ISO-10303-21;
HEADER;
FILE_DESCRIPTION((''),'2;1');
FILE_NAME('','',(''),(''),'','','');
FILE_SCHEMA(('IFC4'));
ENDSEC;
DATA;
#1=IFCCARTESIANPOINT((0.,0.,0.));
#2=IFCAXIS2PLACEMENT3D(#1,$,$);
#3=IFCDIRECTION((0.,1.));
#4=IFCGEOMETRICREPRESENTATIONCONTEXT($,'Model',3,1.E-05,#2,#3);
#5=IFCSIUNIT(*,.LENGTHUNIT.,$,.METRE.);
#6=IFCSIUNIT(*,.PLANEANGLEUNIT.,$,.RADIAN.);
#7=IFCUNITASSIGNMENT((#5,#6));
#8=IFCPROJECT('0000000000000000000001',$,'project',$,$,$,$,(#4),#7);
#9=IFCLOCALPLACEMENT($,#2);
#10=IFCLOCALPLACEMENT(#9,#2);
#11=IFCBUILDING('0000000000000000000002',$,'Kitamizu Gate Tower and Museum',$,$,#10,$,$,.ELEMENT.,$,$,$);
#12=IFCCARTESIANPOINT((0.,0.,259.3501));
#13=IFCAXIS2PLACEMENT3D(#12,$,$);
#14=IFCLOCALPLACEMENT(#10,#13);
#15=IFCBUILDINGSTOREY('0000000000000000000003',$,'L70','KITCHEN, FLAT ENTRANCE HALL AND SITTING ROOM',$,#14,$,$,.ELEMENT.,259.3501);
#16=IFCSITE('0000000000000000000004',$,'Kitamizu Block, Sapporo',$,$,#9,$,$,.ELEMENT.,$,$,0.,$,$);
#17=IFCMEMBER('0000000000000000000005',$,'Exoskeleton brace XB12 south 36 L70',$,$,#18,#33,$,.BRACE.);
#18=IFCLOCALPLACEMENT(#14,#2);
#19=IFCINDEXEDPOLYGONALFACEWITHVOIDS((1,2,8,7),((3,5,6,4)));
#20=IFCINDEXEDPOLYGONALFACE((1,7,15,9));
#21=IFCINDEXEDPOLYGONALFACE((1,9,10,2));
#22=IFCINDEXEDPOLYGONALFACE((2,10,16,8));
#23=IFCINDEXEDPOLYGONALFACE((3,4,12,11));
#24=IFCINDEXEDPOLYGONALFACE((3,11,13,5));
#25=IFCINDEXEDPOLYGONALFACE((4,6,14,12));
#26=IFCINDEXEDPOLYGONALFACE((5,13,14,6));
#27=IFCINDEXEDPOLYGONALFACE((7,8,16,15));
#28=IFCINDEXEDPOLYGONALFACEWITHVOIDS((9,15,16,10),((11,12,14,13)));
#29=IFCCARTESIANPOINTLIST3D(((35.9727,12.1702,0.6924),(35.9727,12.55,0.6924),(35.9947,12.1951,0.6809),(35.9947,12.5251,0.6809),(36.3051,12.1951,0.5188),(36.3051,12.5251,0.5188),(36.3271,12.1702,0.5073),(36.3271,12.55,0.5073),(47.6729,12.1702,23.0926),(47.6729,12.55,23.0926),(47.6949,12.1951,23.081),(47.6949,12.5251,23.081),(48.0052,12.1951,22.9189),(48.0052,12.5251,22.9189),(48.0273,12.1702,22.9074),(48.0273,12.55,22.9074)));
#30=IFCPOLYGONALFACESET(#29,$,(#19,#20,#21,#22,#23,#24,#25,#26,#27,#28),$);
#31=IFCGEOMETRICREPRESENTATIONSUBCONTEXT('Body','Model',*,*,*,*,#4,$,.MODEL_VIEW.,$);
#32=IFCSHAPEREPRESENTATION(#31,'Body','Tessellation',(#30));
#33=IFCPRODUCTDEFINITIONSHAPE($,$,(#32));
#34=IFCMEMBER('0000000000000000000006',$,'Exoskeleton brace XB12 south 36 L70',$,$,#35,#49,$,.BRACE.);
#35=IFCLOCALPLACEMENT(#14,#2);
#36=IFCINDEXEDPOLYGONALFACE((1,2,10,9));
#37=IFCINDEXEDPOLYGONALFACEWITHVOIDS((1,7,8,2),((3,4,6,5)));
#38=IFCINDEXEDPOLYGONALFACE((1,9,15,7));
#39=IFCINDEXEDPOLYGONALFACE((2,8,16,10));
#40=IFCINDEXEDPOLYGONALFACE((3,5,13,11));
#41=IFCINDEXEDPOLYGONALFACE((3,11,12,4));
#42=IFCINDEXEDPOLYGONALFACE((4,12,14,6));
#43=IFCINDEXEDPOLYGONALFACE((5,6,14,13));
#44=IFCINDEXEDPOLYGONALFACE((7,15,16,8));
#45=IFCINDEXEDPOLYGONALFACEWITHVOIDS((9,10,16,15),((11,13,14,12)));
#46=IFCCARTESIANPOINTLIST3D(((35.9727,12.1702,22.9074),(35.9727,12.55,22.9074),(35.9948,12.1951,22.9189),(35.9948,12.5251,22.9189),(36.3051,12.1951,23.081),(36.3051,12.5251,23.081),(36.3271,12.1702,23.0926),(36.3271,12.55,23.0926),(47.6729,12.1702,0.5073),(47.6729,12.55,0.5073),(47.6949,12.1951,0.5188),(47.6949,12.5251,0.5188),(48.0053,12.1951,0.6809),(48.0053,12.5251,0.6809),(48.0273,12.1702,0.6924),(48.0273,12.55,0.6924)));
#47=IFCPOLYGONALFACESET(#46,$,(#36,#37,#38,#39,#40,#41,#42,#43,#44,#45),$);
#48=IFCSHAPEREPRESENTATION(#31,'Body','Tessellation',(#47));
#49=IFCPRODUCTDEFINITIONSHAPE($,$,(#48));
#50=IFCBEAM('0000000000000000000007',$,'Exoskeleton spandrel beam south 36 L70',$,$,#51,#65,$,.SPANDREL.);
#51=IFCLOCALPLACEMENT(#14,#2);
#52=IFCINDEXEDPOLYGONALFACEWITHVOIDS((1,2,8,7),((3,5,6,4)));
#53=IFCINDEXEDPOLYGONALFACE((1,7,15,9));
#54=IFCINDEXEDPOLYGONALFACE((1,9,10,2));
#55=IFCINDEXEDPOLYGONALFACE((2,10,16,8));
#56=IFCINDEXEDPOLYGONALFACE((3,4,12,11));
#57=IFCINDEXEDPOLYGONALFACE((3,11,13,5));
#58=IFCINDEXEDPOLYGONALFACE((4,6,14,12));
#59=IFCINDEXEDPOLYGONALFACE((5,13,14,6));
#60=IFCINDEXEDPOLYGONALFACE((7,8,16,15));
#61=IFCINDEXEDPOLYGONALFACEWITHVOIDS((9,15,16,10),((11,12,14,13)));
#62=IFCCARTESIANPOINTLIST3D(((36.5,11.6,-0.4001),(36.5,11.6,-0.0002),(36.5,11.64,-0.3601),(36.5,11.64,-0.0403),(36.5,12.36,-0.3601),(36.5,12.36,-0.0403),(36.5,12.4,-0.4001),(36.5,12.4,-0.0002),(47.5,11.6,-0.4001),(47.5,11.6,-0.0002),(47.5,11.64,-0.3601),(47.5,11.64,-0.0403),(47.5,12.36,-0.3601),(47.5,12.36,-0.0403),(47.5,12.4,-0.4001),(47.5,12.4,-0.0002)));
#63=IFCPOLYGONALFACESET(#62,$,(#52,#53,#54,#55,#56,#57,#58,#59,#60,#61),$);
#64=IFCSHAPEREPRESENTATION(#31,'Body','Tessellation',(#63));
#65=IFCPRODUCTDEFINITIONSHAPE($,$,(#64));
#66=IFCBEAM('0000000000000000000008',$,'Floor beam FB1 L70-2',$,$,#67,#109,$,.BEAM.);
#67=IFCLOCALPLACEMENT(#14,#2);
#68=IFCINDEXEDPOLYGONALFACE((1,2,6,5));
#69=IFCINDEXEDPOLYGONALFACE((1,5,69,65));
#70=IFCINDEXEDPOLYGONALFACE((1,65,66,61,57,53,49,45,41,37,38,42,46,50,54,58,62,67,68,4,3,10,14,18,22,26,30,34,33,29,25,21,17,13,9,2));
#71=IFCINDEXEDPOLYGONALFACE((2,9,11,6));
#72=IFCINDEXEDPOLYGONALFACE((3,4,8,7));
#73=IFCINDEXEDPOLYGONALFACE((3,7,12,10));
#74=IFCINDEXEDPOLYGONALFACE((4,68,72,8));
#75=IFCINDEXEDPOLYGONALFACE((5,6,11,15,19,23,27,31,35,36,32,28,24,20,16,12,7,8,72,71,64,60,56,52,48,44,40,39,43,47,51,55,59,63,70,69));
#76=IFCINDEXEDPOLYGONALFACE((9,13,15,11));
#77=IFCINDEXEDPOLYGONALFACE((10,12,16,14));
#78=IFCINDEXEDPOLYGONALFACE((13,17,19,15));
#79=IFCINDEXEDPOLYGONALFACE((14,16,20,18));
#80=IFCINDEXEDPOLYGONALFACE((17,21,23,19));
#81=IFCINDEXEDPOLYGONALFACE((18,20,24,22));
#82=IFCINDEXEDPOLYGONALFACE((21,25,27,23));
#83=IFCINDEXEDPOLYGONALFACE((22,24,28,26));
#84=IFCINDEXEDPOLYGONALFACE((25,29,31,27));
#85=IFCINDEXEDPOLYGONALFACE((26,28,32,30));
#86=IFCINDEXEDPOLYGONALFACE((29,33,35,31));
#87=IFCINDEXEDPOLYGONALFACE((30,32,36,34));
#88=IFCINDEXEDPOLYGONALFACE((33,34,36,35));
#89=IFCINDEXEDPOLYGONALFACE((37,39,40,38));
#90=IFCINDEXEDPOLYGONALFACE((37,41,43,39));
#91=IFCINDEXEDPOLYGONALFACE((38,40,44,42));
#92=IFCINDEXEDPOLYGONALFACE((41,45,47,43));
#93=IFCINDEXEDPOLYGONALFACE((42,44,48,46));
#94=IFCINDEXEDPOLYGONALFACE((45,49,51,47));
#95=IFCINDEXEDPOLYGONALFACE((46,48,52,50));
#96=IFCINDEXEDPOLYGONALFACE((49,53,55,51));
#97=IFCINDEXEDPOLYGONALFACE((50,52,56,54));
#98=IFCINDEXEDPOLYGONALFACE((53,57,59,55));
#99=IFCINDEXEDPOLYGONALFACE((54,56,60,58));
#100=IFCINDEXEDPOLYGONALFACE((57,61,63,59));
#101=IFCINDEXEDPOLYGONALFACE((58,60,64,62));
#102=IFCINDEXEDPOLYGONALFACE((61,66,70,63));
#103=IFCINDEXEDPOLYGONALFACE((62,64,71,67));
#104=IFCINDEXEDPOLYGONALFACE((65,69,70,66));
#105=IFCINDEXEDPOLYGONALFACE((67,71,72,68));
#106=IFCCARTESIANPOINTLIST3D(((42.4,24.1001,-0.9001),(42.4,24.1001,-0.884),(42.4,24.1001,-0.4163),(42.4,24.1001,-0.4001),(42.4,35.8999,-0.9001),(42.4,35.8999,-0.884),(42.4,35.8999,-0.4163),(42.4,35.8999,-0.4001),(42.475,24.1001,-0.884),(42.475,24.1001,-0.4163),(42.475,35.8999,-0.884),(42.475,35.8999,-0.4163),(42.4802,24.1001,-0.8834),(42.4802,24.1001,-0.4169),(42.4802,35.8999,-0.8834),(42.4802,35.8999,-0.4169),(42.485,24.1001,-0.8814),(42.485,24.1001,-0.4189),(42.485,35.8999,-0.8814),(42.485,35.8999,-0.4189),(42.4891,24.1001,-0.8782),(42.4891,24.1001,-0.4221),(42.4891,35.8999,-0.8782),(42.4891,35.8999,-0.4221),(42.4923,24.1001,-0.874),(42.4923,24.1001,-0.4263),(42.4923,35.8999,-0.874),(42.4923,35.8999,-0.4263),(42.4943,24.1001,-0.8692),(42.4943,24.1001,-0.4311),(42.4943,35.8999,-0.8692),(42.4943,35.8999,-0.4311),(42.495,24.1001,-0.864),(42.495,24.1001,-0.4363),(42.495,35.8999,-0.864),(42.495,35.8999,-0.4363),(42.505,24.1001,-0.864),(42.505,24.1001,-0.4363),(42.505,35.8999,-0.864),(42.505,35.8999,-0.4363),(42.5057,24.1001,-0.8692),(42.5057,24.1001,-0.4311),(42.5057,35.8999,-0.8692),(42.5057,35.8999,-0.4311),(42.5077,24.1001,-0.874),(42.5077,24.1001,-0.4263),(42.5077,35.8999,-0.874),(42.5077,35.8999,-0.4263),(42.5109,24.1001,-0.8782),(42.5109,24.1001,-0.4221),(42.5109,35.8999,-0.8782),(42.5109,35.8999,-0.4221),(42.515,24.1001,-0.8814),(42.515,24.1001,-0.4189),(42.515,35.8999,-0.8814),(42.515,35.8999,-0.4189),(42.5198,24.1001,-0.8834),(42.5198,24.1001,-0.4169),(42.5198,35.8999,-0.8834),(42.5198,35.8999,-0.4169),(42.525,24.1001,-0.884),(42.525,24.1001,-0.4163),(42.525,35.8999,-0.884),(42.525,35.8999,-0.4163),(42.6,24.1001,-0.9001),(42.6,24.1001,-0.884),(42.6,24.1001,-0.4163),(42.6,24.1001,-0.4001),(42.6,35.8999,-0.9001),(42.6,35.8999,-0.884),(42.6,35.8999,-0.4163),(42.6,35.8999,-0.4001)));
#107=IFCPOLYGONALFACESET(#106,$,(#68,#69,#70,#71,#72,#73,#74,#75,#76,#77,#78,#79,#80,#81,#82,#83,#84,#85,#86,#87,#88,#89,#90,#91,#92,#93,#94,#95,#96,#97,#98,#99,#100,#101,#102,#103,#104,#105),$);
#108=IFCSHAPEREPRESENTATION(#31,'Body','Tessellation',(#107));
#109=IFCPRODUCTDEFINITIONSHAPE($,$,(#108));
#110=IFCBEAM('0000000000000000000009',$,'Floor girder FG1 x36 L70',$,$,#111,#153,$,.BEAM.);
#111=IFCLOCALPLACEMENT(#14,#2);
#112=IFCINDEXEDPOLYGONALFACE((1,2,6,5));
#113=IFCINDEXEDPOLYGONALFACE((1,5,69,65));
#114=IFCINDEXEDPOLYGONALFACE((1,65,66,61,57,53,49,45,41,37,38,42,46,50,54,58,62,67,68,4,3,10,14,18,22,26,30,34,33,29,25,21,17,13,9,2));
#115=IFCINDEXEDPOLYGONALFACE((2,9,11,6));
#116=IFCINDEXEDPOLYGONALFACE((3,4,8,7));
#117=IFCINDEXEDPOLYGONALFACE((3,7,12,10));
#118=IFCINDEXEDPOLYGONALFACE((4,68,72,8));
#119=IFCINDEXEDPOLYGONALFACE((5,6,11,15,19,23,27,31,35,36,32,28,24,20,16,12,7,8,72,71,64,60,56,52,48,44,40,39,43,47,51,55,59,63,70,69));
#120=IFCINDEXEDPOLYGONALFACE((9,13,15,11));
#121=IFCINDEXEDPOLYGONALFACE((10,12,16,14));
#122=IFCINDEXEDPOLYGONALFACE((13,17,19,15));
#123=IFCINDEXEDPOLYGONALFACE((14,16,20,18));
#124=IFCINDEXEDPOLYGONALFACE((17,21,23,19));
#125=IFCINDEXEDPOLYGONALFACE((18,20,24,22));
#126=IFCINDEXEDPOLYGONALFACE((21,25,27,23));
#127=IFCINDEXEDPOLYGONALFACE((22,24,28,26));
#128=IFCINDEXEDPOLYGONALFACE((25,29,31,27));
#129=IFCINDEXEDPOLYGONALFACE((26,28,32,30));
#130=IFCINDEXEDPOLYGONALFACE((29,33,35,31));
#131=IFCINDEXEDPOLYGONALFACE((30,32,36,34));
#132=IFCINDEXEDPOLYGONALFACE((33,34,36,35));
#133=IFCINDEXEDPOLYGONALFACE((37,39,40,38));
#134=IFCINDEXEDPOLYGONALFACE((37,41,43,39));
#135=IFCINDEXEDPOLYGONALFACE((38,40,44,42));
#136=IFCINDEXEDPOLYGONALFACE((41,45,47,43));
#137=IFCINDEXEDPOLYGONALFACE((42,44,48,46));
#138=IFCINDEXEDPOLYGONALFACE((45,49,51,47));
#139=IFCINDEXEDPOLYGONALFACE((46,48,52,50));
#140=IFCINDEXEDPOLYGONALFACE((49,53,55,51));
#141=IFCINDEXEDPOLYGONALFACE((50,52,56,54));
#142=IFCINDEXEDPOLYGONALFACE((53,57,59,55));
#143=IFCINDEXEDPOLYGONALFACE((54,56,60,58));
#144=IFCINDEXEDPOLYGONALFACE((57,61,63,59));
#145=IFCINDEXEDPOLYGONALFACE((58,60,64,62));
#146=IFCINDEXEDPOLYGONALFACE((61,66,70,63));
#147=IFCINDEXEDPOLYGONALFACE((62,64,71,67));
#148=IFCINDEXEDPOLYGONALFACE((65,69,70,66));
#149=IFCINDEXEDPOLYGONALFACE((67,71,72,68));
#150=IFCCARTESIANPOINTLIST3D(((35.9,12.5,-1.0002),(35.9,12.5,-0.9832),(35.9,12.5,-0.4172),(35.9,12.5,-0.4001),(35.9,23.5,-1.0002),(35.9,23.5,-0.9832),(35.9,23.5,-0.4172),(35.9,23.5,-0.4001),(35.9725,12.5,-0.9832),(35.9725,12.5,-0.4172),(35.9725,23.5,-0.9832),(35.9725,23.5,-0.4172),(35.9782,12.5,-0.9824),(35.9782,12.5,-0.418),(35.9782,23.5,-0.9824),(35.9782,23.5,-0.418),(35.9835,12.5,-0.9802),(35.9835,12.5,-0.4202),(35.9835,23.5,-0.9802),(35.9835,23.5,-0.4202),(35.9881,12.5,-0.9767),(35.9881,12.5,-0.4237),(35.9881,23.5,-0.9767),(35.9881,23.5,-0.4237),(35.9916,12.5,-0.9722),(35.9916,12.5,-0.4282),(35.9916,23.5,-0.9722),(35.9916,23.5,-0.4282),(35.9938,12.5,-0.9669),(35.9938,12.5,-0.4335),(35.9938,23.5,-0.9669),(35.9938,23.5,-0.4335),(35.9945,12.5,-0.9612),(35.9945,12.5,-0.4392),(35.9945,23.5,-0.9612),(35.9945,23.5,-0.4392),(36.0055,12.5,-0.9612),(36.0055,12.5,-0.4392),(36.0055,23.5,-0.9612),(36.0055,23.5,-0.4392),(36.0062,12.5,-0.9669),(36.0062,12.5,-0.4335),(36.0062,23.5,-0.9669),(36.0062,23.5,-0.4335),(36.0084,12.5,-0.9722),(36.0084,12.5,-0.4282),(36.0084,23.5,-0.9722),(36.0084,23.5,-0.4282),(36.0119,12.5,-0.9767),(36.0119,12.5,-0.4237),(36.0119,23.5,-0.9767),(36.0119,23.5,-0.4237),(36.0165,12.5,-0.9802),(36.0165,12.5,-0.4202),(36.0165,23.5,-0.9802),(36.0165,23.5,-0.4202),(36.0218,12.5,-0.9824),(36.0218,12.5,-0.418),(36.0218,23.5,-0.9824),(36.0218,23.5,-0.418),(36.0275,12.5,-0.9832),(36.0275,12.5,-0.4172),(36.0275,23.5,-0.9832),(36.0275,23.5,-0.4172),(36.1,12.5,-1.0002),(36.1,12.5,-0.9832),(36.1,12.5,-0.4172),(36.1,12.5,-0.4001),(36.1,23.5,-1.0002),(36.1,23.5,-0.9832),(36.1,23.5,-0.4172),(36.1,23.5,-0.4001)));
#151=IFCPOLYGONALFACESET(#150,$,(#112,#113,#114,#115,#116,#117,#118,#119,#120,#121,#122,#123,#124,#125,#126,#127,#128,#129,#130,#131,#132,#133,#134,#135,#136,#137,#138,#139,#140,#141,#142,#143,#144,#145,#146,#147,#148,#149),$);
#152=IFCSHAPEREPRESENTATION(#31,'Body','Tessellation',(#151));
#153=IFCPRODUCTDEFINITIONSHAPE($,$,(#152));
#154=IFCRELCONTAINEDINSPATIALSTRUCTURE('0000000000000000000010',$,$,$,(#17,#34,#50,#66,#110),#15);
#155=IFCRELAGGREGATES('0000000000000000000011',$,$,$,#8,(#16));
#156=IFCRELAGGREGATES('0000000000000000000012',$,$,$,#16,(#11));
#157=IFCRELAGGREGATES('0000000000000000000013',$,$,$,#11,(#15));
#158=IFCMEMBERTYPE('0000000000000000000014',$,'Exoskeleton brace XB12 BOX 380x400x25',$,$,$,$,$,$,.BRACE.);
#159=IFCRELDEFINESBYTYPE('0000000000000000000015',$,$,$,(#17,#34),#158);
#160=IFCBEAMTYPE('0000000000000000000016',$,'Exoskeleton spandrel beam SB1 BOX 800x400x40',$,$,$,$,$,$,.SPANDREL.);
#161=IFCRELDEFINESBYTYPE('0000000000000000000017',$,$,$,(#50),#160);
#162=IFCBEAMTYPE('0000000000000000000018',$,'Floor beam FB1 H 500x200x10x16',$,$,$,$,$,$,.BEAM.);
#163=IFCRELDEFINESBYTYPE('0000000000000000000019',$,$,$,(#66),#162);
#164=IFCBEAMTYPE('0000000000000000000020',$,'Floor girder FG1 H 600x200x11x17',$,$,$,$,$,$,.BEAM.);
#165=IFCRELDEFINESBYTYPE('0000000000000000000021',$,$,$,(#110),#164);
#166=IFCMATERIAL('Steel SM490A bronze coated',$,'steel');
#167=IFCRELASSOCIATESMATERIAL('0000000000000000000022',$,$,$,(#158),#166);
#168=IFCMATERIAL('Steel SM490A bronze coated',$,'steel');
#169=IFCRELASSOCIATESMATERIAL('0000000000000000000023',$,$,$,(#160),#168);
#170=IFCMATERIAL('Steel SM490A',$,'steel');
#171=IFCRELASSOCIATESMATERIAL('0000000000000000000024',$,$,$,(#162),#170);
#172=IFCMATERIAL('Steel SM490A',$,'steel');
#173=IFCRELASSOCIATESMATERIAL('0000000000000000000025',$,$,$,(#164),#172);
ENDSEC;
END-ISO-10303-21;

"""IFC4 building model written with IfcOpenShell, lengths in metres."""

from ifc_helpers import new_model, si_unit, direction, frame, origin, origin_2d, place, context, subcontext, project, spatial, hollow_rectangle, i_section, extrude, material, material_profile, profile_set, type_object, element, save


model = new_model("IFC4")

# Units and contexts
model_context = context("Model", 3, precision=1e-05, world=origin(), true_north=direction((0.0, 1.0)))
body_context = subcontext(model_context, "Body", "Model", "MODEL_VIEW")
ifc_project = project(units=[si_unit("LENGTHUNIT", "METRE"), si_unit("PLANEANGLEUNIT", "RADIAN")], contexts=[model_context])

# Site, building, storey
site_placement = place(None, origin())
site = spatial("IfcSite", under=ifc_project, at=site_placement, Name="Kitamizu Block, Sapporo", CompositionType="ELEMENT", RefElevation=0.0)
building_placement = place(site_placement, origin())
building = spatial("IfcBuilding", under=site, at=building_placement, Name="Kitamizu Gate Tower and Museum", CompositionType="ELEMENT")
storey_placement = place(building_placement, frame((0.0, 0.0, 259.3501)))
storey = spatial("IfcBuildingStorey", under=building, at=storey_placement, Name="L70", Description="KITCHEN, FLAT ENTRANCE HALL AND SITTING ROOM", CompositionType="ELEMENT", Elevation=259.3501)

# Members
ifc_material_1 = material(Name="Steel SM490A bronze coated", Category="steel")
ifc_material_profile_1 = material_profile(ifc_material_1, hollow_rectangle(XDim=0.3799, YDim=0.3999, WallThickness=0.0249, at=origin_2d()), Name="BOX 380x400x25")
ifc_profile_set_1 = profile_set([ifc_material_profile_1], Name="Steel SM490A bronze coated")
member_type = type_object("IfcMemberType", Name="Exoskeleton brace XB12 BOX 380x400x25", PredefinedType="BRACE", material=ifc_profile_set_1)
for number, where, z_axis, x_axis, name in (
    (1, (36.1499, 12.3601, 0.5999), (0.462975, 0.0, 0.886371), (0.0, 1.0, 0.0), "Exoskeleton brace XB12 south 36 L70"),
    (2, (47.8501, 12.3601, 0.5999), (-0.462975, 0.0, 0.886371), (0.0, -1.0, 0.0), "Exoskeleton brace XB12 south 36 L70"),
):
    element("IfcMember", number, at=place(storey_placement, frame(where, z_axis=z_axis, x_axis=x_axis)), inside=storey, type_object=member_type, Name=name, PredefinedType="BRACE", context=body_context, shape_type="SweptSolid", body=[
        extrude(hollow_rectangle(XDim=0.3799, YDim=0.3999, WallThickness=0.0249, at=origin_2d()), origin(), (0.0, 0.0, 1.0), 25.2717),
    ])

# Beams
ifc_material_2 = material(Name="Steel SM490A bronze coated", Category="steel")
ifc_material_profile_2 = material_profile(ifc_material_2, hollow_rectangle(XDim=0.8, YDim=0.3999, WallThickness=0.04, at=origin_2d()), Name="BOX 800x400x40")
ifc_profile_set_2 = profile_set([ifc_material_profile_2], Name="Steel SM490A bronze coated")
beam_type_1 = type_object("IfcBeamType", Name="Exoskeleton spandrel beam SB1 BOX 800x400x40", PredefinedType="SPANDREL", material=ifc_profile_set_2)
beam_1_placement = place(storey_placement, frame((36.5, 12.0, -0.2002), z_axis=(1.0, 0.0, 0.0), x_axis=(0.0, 1.0, 0.0)))
element("IfcBeam", 3, at=beam_1_placement, inside=storey, type_object=beam_type_1, Name="Exoskeleton spandrel beam south 36 L70", PredefinedType="SPANDREL", context=body_context, shape_type="SweptSolid", body=[
    extrude(hollow_rectangle(XDim=0.8, YDim=0.3999, WallThickness=0.04, at=origin_2d()), origin(), (0.0, 0.0, 1.0), 11.0),
])
ifc_material_3 = material(Name="Steel SM490A", Category="steel")
ifc_material_profile_3 = material_profile(ifc_material_3, i_section(OverallWidth=0.2, OverallDepth=0.5, WebThickness=0.01, FlangeThickness=0.0161, FilletRadius=0.02, at=origin_2d()), Name="H-500x200x10x16")
ifc_profile_set_3 = profile_set([ifc_material_profile_3], Name="Steel SM490A")
beam_type_2 = type_object("IfcBeamType", Name="Floor beam FB1 H 500x200x10x16", PredefinedType="BEAM", material=ifc_profile_set_3)
beam_2_placement = place(storey_placement, frame((42.5, 24.1001, -0.6501), z_axis=(0.0, 1.0, 0.0), x_axis=(-1.0, 0.0, 0.0)))
element("IfcBeam", 4, at=beam_2_placement, inside=storey, type_object=beam_type_2, Name="Floor beam FB1 L70-2", PredefinedType="BEAM", context=body_context, shape_type="SweptSolid", body=[
    extrude(i_section(OverallWidth=0.2, OverallDepth=0.5, WebThickness=0.01, FlangeThickness=0.0161, FilletRadius=0.02, at=origin_2d()), origin(), (0.0, 0.0, 1.0), 11.7998),
])
ifc_material_4 = material(Name="Steel SM490A", Category="steel")
ifc_material_profile_4 = material_profile(ifc_material_4, i_section(OverallWidth=0.2, OverallDepth=0.6001, WebThickness=0.011, FlangeThickness=0.0171, FilletRadius=0.022, at=origin_2d()), Name="H-600x200x11x17")
ifc_profile_set_4 = profile_set([ifc_material_profile_4], Name="Steel SM490A")
beam_type_3 = type_object("IfcBeamType", Name="Floor girder FG1 H 600x200x11x17", PredefinedType="BEAM", material=ifc_profile_set_4)
for number, where, z_axis, x_axis, name in (
    (5, (36.0, 12.5, -0.7002), (0.0, 1.0, 0.0), (-1.0, 0.0, 0.0), "Floor girder FG1 x36 L70"),
):
    element("IfcBeam", number, at=place(storey_placement, frame(where, z_axis=z_axis, x_axis=x_axis)), inside=storey, type_object=beam_type_3, Name=name, PredefinedType="BEAM", context=body_context, shape_type="SweptSolid", body=[
        extrude(i_section(OverallWidth=0.2, OverallDepth=0.6001, WebThickness=0.011, FlangeThickness=0.0171, FilletRadius=0.022, at=origin_2d()), origin(), (0.0, 0.0, 1.0), 11.0),
    ])

save(model, "model.ifc")
